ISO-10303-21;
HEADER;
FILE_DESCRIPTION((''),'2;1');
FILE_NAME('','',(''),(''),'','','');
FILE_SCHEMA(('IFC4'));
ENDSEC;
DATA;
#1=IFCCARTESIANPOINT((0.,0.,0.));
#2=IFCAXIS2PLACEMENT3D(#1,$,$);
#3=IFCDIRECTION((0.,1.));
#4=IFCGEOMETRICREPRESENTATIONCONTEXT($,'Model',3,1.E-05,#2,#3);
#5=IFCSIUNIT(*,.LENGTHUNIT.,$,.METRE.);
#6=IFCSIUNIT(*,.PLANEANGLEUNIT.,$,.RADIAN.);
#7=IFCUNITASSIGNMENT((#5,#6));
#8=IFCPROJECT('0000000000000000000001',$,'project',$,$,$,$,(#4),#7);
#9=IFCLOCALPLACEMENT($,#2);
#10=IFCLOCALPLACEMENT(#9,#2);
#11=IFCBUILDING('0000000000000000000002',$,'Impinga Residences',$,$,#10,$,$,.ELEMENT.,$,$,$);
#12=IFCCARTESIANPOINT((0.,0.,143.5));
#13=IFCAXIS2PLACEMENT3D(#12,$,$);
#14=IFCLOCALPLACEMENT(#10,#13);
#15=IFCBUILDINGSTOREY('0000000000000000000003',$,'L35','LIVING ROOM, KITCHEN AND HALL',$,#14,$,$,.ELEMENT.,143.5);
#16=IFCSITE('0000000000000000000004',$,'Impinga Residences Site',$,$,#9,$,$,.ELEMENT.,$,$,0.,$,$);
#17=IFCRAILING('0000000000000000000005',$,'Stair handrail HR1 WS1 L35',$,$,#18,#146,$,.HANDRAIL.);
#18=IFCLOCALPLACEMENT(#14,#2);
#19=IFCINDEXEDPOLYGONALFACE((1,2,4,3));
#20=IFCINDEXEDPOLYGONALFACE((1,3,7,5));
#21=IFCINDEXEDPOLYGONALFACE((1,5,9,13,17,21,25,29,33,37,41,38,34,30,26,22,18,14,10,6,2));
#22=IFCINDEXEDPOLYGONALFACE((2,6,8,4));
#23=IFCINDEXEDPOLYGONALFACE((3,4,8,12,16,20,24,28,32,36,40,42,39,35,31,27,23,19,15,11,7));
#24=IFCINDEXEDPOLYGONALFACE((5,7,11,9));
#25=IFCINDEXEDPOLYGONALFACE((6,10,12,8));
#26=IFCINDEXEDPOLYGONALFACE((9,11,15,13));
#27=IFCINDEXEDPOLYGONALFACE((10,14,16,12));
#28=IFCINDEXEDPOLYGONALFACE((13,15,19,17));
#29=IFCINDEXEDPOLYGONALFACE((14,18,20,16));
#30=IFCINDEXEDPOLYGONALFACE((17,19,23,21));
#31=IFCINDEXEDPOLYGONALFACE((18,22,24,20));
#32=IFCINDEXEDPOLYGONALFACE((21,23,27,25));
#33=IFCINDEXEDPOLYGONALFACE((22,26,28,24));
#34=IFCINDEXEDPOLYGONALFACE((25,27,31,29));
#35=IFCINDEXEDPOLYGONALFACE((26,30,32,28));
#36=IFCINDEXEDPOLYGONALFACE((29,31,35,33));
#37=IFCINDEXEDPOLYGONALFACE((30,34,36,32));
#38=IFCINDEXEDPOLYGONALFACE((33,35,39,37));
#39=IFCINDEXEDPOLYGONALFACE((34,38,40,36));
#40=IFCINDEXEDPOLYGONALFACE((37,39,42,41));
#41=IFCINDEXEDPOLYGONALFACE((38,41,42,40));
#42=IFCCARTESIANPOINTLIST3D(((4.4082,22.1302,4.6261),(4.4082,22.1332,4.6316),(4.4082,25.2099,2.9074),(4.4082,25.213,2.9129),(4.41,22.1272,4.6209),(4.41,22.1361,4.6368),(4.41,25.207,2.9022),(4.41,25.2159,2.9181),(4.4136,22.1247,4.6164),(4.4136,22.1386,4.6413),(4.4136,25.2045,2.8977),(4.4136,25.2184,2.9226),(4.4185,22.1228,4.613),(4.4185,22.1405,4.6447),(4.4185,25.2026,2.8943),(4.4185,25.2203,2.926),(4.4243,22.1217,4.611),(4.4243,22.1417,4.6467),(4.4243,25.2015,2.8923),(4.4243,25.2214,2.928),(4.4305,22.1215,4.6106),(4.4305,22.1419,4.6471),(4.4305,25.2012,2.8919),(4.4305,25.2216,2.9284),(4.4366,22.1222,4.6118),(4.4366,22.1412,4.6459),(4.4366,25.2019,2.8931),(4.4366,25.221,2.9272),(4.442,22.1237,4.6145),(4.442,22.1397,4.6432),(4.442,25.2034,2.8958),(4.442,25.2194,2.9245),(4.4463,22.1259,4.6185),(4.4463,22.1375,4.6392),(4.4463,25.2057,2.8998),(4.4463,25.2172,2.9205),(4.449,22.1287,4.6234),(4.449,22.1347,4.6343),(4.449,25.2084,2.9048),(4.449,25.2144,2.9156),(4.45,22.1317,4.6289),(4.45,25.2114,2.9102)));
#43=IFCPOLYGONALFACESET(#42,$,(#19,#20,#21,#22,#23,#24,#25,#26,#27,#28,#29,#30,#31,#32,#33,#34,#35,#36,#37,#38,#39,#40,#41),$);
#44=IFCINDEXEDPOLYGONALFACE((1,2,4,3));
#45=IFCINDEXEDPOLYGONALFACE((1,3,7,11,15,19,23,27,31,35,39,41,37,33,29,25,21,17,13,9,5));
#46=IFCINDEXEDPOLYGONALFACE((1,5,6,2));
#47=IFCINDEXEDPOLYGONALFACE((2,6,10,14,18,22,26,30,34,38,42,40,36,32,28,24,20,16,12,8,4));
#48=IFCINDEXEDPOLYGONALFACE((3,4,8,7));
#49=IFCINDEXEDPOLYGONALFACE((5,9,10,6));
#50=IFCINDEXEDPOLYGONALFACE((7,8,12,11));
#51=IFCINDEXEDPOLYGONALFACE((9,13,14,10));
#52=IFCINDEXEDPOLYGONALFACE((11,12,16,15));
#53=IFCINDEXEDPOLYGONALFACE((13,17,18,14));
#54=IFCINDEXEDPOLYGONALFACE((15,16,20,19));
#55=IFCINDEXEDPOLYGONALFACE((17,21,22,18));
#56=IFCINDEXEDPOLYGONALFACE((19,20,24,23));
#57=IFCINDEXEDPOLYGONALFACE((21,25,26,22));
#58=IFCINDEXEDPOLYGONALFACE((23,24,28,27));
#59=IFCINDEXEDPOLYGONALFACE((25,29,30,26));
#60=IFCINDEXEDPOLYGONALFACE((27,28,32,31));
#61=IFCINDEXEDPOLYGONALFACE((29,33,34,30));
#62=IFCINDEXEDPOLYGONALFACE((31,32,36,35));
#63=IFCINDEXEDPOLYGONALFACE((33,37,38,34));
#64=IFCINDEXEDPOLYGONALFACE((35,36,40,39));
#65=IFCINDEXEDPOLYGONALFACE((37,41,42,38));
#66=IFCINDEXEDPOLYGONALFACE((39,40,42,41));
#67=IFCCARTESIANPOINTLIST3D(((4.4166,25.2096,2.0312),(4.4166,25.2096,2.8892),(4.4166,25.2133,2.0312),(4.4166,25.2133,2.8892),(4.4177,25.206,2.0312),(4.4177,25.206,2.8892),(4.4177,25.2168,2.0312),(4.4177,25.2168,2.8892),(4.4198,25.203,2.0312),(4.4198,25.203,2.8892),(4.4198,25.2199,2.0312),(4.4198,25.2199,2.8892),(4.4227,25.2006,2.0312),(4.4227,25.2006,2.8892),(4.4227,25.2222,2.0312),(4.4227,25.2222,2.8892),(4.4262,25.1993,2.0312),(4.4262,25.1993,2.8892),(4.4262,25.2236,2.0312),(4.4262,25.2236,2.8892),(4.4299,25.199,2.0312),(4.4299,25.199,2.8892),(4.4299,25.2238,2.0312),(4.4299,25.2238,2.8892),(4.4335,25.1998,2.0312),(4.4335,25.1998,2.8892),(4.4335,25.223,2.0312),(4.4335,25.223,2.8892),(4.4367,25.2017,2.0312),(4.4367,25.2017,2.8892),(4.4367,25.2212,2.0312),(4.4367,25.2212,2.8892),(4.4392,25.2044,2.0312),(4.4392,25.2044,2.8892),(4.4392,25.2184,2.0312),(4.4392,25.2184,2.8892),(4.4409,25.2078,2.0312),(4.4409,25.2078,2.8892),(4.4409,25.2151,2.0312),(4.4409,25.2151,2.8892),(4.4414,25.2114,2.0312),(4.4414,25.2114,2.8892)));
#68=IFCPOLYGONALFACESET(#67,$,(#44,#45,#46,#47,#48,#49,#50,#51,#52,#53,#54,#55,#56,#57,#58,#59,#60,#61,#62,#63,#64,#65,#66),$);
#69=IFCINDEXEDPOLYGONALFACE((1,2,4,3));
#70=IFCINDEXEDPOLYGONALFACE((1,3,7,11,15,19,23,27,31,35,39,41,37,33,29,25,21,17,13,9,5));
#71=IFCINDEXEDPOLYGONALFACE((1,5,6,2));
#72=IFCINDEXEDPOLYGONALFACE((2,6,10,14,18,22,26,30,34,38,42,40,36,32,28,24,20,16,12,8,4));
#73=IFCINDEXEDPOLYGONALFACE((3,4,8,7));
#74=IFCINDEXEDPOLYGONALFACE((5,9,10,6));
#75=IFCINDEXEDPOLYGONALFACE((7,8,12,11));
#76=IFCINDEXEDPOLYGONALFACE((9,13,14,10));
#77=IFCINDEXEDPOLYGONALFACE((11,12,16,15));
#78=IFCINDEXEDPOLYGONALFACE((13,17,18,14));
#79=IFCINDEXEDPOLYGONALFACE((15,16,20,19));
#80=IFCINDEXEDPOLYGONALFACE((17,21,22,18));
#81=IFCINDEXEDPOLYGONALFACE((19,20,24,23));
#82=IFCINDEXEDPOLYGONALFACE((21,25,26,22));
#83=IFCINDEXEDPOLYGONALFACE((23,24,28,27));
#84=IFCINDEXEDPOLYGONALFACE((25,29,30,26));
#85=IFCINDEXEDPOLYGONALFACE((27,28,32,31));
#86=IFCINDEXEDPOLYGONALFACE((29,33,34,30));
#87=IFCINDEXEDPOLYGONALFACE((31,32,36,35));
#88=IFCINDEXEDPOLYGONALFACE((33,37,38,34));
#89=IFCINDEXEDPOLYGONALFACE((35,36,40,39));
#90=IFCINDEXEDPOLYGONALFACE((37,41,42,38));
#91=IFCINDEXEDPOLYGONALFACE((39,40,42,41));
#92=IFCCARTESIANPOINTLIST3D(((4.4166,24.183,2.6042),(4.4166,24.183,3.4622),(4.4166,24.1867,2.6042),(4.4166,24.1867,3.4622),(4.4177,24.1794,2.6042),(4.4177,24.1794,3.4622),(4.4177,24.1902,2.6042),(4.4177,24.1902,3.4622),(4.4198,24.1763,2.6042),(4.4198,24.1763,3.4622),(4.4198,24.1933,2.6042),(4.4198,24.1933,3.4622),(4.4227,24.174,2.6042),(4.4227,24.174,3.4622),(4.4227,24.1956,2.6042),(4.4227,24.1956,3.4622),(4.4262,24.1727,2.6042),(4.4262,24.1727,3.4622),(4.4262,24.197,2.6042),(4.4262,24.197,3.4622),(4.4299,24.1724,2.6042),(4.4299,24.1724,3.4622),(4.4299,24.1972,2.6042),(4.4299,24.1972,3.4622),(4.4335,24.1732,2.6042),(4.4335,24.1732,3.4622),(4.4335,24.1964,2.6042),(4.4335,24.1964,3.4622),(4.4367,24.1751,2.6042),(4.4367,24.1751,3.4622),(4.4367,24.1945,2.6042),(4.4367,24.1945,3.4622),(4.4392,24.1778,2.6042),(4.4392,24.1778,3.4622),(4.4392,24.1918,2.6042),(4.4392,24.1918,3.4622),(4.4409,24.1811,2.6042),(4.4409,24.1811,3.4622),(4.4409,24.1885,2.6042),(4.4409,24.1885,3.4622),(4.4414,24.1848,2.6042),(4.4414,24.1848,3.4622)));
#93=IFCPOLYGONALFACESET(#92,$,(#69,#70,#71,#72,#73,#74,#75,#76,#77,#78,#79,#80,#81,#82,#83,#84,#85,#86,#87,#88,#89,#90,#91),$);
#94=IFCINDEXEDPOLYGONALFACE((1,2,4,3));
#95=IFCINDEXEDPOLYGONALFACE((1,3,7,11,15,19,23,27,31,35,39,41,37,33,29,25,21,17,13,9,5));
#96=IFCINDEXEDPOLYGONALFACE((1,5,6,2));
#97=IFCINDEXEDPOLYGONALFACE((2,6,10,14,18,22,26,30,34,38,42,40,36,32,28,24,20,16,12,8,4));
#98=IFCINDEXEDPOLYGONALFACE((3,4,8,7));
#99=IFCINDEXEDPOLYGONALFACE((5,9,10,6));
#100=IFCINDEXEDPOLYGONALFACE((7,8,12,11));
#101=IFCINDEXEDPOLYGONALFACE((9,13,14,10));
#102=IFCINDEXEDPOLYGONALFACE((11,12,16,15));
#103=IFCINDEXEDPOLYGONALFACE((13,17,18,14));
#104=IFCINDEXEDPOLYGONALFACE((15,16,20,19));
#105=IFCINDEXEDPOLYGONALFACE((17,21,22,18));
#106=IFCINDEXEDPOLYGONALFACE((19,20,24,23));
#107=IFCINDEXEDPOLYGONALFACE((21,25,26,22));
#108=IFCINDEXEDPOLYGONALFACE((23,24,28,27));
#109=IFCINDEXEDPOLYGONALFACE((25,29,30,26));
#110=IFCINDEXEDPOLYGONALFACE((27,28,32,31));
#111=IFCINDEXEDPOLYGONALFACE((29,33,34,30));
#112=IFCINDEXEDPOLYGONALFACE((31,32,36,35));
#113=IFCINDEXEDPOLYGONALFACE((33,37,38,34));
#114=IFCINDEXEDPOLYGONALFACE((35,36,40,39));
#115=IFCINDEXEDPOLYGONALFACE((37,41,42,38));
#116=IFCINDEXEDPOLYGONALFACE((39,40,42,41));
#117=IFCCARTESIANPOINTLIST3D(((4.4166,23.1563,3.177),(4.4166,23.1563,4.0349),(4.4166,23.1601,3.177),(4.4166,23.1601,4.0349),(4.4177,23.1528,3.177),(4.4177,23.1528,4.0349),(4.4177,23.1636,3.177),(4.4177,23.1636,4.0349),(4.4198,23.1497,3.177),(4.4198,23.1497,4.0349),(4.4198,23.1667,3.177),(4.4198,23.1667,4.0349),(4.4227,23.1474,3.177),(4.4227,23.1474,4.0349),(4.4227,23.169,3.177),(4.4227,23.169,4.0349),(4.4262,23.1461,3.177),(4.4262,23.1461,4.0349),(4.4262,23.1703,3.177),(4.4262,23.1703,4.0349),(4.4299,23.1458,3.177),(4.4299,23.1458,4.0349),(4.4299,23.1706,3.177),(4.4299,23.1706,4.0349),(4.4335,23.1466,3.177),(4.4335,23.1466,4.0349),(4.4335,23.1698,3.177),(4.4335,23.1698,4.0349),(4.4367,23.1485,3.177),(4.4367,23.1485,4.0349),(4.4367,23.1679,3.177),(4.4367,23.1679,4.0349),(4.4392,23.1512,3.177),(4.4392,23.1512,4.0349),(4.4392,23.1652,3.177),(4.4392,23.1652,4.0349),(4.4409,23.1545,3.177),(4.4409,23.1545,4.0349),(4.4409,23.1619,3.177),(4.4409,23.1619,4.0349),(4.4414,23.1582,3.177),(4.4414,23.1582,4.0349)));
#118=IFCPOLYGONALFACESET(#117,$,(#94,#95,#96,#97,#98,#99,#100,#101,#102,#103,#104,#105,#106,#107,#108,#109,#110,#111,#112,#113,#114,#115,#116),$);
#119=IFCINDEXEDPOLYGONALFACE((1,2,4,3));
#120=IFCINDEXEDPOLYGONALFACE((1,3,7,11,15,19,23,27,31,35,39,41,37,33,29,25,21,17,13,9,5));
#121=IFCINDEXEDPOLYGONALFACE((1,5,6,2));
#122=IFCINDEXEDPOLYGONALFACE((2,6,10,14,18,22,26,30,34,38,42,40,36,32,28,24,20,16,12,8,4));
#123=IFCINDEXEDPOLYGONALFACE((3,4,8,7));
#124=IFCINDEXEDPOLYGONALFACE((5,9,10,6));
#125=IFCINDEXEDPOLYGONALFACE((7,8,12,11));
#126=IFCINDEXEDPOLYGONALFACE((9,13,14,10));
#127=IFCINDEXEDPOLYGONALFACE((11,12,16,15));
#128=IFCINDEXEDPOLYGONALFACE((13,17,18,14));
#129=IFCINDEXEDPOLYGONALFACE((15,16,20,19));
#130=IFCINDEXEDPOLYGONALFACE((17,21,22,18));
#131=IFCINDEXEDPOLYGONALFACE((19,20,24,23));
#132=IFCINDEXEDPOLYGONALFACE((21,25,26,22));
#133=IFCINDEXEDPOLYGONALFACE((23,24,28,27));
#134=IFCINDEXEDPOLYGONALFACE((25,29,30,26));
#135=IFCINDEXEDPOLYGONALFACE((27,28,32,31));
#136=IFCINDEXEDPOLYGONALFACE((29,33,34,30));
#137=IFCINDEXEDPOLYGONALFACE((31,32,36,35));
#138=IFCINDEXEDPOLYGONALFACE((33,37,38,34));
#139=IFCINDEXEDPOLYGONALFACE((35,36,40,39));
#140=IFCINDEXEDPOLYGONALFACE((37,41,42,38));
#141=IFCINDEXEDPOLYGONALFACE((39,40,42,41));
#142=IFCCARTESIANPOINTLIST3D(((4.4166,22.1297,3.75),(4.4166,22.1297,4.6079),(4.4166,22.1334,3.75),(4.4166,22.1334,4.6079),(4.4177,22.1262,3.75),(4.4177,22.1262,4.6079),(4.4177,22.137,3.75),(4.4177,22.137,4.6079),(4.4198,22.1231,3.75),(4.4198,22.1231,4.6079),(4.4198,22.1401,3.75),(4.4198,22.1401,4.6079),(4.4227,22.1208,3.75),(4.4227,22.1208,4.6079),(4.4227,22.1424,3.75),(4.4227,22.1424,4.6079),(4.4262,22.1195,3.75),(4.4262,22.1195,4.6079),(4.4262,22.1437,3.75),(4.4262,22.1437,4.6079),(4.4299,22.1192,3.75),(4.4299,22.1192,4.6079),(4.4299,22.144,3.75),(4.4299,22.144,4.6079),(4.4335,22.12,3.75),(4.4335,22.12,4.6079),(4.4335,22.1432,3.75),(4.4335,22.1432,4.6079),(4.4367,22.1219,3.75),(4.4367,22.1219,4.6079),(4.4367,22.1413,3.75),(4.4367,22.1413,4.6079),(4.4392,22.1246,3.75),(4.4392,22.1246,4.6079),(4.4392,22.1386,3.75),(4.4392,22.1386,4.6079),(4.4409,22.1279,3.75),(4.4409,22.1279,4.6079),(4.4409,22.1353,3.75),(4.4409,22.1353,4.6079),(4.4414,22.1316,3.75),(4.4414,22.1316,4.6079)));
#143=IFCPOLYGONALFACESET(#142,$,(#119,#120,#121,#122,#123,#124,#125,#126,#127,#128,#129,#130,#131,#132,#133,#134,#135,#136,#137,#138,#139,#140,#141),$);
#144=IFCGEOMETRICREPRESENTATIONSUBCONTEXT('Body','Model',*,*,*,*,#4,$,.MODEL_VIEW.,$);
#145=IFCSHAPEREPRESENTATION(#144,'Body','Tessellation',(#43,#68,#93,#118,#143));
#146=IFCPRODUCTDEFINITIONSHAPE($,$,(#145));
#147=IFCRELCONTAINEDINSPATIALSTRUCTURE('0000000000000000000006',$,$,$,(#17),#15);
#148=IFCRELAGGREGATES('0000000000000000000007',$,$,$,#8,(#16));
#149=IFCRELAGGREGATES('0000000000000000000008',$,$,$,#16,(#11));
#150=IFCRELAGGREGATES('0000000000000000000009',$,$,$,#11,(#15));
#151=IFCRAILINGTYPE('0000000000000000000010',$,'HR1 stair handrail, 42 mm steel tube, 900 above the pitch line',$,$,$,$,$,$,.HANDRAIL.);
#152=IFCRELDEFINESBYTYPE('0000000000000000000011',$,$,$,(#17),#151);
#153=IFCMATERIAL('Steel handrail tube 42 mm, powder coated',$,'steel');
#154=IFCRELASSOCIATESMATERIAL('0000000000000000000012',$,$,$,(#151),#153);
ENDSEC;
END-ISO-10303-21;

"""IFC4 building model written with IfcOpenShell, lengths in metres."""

from ifc_helpers import new_model, si_unit, direction, frame, origin, origin_2d, place, context, subcontext, project, spatial, circle, extrude, material, type_object, element, save


model = new_model("IFC4")

# Units and contexts
model_context = context("Model", 3, precision=1e-05, world=origin(), true_north=direction((0.0, 1.0)))
body_context = subcontext(model_context, "Body", "Model", "MODEL_VIEW")
ifc_project = project(units=[si_unit("LENGTHUNIT", "METRE"), si_unit("PLANEANGLEUNIT", "RADIAN")], contexts=[model_context])

# Site, building, storey
site_placement = place(None, origin())
site = spatial("IfcSite", under=ifc_project, at=site_placement, Name="Impinga Residences Site", CompositionType="ELEMENT", RefElevation=0.0)
building_placement = place(site_placement, origin())
building = spatial("IfcBuilding", under=site, at=building_placement, Name="Impinga Residences", CompositionType="ELEMENT")
storey_placement = place(building_placement, frame((0.0, 0.0, 143.5)))
storey = spatial("IfcBuildingStorey", under=building, at=storey_placement, Name="L35", Description="LIVING ROOM, KITCHEN AND HALL", CompositionType="ELEMENT", Elevation=143.5)

# Railing
ifc_material_1 = material(Name="Steel handrail tube 42 mm, powder coated", Category="steel")
railing_type_1 = type_object("IfcRailingType", Name="HR1 stair handrail, 42 mm steel tube, 900 above the pitch line", PredefinedType="HANDRAIL", material=ifc_material_1)
railing_1_placement = place(storey_placement, frame((4.429, 25.2114, 2.0312)))
element("IfcRailing", 1, at=railing_1_placement, inside=storey, type_object=railing_type_1, Name="Stair handrail HR1 WS1 L35", PredefinedType="HANDRAIL", context=body_context, shape_type="SweptSolid", body=[
    extrude(circle(Radius=0.021, at=origin_2d()), frame((0.0, 0.0, 0.8789), z_axis=(0.0, -0.873225, 0.487317), x_axis=(1.0, 0.0, 0.0)), (0.0, 0.0, 1.0), 3.5269),
    extrude(circle(Radius=0.0125, at=origin_2d()), origin(), (0.0, 0.0, 1.0), 0.8579),
    extrude(circle(Radius=0.0125, at=origin_2d()), frame((0.0, -1.0266, 0.573)), (0.0, 0.0, 1.0), 0.8579),
    extrude(circle(Radius=0.0125, at=origin_2d()), frame((0.0, -2.0532, 1.1458)), (0.0, 0.0, 1.0), 0.8579),
    extrude(circle(Radius=0.0125, at=origin_2d()), frame((0.0, -3.0798, 1.7188)), (0.0, 0.0, 1.0), 0.8579),
])

save(model, "model.ifc")
